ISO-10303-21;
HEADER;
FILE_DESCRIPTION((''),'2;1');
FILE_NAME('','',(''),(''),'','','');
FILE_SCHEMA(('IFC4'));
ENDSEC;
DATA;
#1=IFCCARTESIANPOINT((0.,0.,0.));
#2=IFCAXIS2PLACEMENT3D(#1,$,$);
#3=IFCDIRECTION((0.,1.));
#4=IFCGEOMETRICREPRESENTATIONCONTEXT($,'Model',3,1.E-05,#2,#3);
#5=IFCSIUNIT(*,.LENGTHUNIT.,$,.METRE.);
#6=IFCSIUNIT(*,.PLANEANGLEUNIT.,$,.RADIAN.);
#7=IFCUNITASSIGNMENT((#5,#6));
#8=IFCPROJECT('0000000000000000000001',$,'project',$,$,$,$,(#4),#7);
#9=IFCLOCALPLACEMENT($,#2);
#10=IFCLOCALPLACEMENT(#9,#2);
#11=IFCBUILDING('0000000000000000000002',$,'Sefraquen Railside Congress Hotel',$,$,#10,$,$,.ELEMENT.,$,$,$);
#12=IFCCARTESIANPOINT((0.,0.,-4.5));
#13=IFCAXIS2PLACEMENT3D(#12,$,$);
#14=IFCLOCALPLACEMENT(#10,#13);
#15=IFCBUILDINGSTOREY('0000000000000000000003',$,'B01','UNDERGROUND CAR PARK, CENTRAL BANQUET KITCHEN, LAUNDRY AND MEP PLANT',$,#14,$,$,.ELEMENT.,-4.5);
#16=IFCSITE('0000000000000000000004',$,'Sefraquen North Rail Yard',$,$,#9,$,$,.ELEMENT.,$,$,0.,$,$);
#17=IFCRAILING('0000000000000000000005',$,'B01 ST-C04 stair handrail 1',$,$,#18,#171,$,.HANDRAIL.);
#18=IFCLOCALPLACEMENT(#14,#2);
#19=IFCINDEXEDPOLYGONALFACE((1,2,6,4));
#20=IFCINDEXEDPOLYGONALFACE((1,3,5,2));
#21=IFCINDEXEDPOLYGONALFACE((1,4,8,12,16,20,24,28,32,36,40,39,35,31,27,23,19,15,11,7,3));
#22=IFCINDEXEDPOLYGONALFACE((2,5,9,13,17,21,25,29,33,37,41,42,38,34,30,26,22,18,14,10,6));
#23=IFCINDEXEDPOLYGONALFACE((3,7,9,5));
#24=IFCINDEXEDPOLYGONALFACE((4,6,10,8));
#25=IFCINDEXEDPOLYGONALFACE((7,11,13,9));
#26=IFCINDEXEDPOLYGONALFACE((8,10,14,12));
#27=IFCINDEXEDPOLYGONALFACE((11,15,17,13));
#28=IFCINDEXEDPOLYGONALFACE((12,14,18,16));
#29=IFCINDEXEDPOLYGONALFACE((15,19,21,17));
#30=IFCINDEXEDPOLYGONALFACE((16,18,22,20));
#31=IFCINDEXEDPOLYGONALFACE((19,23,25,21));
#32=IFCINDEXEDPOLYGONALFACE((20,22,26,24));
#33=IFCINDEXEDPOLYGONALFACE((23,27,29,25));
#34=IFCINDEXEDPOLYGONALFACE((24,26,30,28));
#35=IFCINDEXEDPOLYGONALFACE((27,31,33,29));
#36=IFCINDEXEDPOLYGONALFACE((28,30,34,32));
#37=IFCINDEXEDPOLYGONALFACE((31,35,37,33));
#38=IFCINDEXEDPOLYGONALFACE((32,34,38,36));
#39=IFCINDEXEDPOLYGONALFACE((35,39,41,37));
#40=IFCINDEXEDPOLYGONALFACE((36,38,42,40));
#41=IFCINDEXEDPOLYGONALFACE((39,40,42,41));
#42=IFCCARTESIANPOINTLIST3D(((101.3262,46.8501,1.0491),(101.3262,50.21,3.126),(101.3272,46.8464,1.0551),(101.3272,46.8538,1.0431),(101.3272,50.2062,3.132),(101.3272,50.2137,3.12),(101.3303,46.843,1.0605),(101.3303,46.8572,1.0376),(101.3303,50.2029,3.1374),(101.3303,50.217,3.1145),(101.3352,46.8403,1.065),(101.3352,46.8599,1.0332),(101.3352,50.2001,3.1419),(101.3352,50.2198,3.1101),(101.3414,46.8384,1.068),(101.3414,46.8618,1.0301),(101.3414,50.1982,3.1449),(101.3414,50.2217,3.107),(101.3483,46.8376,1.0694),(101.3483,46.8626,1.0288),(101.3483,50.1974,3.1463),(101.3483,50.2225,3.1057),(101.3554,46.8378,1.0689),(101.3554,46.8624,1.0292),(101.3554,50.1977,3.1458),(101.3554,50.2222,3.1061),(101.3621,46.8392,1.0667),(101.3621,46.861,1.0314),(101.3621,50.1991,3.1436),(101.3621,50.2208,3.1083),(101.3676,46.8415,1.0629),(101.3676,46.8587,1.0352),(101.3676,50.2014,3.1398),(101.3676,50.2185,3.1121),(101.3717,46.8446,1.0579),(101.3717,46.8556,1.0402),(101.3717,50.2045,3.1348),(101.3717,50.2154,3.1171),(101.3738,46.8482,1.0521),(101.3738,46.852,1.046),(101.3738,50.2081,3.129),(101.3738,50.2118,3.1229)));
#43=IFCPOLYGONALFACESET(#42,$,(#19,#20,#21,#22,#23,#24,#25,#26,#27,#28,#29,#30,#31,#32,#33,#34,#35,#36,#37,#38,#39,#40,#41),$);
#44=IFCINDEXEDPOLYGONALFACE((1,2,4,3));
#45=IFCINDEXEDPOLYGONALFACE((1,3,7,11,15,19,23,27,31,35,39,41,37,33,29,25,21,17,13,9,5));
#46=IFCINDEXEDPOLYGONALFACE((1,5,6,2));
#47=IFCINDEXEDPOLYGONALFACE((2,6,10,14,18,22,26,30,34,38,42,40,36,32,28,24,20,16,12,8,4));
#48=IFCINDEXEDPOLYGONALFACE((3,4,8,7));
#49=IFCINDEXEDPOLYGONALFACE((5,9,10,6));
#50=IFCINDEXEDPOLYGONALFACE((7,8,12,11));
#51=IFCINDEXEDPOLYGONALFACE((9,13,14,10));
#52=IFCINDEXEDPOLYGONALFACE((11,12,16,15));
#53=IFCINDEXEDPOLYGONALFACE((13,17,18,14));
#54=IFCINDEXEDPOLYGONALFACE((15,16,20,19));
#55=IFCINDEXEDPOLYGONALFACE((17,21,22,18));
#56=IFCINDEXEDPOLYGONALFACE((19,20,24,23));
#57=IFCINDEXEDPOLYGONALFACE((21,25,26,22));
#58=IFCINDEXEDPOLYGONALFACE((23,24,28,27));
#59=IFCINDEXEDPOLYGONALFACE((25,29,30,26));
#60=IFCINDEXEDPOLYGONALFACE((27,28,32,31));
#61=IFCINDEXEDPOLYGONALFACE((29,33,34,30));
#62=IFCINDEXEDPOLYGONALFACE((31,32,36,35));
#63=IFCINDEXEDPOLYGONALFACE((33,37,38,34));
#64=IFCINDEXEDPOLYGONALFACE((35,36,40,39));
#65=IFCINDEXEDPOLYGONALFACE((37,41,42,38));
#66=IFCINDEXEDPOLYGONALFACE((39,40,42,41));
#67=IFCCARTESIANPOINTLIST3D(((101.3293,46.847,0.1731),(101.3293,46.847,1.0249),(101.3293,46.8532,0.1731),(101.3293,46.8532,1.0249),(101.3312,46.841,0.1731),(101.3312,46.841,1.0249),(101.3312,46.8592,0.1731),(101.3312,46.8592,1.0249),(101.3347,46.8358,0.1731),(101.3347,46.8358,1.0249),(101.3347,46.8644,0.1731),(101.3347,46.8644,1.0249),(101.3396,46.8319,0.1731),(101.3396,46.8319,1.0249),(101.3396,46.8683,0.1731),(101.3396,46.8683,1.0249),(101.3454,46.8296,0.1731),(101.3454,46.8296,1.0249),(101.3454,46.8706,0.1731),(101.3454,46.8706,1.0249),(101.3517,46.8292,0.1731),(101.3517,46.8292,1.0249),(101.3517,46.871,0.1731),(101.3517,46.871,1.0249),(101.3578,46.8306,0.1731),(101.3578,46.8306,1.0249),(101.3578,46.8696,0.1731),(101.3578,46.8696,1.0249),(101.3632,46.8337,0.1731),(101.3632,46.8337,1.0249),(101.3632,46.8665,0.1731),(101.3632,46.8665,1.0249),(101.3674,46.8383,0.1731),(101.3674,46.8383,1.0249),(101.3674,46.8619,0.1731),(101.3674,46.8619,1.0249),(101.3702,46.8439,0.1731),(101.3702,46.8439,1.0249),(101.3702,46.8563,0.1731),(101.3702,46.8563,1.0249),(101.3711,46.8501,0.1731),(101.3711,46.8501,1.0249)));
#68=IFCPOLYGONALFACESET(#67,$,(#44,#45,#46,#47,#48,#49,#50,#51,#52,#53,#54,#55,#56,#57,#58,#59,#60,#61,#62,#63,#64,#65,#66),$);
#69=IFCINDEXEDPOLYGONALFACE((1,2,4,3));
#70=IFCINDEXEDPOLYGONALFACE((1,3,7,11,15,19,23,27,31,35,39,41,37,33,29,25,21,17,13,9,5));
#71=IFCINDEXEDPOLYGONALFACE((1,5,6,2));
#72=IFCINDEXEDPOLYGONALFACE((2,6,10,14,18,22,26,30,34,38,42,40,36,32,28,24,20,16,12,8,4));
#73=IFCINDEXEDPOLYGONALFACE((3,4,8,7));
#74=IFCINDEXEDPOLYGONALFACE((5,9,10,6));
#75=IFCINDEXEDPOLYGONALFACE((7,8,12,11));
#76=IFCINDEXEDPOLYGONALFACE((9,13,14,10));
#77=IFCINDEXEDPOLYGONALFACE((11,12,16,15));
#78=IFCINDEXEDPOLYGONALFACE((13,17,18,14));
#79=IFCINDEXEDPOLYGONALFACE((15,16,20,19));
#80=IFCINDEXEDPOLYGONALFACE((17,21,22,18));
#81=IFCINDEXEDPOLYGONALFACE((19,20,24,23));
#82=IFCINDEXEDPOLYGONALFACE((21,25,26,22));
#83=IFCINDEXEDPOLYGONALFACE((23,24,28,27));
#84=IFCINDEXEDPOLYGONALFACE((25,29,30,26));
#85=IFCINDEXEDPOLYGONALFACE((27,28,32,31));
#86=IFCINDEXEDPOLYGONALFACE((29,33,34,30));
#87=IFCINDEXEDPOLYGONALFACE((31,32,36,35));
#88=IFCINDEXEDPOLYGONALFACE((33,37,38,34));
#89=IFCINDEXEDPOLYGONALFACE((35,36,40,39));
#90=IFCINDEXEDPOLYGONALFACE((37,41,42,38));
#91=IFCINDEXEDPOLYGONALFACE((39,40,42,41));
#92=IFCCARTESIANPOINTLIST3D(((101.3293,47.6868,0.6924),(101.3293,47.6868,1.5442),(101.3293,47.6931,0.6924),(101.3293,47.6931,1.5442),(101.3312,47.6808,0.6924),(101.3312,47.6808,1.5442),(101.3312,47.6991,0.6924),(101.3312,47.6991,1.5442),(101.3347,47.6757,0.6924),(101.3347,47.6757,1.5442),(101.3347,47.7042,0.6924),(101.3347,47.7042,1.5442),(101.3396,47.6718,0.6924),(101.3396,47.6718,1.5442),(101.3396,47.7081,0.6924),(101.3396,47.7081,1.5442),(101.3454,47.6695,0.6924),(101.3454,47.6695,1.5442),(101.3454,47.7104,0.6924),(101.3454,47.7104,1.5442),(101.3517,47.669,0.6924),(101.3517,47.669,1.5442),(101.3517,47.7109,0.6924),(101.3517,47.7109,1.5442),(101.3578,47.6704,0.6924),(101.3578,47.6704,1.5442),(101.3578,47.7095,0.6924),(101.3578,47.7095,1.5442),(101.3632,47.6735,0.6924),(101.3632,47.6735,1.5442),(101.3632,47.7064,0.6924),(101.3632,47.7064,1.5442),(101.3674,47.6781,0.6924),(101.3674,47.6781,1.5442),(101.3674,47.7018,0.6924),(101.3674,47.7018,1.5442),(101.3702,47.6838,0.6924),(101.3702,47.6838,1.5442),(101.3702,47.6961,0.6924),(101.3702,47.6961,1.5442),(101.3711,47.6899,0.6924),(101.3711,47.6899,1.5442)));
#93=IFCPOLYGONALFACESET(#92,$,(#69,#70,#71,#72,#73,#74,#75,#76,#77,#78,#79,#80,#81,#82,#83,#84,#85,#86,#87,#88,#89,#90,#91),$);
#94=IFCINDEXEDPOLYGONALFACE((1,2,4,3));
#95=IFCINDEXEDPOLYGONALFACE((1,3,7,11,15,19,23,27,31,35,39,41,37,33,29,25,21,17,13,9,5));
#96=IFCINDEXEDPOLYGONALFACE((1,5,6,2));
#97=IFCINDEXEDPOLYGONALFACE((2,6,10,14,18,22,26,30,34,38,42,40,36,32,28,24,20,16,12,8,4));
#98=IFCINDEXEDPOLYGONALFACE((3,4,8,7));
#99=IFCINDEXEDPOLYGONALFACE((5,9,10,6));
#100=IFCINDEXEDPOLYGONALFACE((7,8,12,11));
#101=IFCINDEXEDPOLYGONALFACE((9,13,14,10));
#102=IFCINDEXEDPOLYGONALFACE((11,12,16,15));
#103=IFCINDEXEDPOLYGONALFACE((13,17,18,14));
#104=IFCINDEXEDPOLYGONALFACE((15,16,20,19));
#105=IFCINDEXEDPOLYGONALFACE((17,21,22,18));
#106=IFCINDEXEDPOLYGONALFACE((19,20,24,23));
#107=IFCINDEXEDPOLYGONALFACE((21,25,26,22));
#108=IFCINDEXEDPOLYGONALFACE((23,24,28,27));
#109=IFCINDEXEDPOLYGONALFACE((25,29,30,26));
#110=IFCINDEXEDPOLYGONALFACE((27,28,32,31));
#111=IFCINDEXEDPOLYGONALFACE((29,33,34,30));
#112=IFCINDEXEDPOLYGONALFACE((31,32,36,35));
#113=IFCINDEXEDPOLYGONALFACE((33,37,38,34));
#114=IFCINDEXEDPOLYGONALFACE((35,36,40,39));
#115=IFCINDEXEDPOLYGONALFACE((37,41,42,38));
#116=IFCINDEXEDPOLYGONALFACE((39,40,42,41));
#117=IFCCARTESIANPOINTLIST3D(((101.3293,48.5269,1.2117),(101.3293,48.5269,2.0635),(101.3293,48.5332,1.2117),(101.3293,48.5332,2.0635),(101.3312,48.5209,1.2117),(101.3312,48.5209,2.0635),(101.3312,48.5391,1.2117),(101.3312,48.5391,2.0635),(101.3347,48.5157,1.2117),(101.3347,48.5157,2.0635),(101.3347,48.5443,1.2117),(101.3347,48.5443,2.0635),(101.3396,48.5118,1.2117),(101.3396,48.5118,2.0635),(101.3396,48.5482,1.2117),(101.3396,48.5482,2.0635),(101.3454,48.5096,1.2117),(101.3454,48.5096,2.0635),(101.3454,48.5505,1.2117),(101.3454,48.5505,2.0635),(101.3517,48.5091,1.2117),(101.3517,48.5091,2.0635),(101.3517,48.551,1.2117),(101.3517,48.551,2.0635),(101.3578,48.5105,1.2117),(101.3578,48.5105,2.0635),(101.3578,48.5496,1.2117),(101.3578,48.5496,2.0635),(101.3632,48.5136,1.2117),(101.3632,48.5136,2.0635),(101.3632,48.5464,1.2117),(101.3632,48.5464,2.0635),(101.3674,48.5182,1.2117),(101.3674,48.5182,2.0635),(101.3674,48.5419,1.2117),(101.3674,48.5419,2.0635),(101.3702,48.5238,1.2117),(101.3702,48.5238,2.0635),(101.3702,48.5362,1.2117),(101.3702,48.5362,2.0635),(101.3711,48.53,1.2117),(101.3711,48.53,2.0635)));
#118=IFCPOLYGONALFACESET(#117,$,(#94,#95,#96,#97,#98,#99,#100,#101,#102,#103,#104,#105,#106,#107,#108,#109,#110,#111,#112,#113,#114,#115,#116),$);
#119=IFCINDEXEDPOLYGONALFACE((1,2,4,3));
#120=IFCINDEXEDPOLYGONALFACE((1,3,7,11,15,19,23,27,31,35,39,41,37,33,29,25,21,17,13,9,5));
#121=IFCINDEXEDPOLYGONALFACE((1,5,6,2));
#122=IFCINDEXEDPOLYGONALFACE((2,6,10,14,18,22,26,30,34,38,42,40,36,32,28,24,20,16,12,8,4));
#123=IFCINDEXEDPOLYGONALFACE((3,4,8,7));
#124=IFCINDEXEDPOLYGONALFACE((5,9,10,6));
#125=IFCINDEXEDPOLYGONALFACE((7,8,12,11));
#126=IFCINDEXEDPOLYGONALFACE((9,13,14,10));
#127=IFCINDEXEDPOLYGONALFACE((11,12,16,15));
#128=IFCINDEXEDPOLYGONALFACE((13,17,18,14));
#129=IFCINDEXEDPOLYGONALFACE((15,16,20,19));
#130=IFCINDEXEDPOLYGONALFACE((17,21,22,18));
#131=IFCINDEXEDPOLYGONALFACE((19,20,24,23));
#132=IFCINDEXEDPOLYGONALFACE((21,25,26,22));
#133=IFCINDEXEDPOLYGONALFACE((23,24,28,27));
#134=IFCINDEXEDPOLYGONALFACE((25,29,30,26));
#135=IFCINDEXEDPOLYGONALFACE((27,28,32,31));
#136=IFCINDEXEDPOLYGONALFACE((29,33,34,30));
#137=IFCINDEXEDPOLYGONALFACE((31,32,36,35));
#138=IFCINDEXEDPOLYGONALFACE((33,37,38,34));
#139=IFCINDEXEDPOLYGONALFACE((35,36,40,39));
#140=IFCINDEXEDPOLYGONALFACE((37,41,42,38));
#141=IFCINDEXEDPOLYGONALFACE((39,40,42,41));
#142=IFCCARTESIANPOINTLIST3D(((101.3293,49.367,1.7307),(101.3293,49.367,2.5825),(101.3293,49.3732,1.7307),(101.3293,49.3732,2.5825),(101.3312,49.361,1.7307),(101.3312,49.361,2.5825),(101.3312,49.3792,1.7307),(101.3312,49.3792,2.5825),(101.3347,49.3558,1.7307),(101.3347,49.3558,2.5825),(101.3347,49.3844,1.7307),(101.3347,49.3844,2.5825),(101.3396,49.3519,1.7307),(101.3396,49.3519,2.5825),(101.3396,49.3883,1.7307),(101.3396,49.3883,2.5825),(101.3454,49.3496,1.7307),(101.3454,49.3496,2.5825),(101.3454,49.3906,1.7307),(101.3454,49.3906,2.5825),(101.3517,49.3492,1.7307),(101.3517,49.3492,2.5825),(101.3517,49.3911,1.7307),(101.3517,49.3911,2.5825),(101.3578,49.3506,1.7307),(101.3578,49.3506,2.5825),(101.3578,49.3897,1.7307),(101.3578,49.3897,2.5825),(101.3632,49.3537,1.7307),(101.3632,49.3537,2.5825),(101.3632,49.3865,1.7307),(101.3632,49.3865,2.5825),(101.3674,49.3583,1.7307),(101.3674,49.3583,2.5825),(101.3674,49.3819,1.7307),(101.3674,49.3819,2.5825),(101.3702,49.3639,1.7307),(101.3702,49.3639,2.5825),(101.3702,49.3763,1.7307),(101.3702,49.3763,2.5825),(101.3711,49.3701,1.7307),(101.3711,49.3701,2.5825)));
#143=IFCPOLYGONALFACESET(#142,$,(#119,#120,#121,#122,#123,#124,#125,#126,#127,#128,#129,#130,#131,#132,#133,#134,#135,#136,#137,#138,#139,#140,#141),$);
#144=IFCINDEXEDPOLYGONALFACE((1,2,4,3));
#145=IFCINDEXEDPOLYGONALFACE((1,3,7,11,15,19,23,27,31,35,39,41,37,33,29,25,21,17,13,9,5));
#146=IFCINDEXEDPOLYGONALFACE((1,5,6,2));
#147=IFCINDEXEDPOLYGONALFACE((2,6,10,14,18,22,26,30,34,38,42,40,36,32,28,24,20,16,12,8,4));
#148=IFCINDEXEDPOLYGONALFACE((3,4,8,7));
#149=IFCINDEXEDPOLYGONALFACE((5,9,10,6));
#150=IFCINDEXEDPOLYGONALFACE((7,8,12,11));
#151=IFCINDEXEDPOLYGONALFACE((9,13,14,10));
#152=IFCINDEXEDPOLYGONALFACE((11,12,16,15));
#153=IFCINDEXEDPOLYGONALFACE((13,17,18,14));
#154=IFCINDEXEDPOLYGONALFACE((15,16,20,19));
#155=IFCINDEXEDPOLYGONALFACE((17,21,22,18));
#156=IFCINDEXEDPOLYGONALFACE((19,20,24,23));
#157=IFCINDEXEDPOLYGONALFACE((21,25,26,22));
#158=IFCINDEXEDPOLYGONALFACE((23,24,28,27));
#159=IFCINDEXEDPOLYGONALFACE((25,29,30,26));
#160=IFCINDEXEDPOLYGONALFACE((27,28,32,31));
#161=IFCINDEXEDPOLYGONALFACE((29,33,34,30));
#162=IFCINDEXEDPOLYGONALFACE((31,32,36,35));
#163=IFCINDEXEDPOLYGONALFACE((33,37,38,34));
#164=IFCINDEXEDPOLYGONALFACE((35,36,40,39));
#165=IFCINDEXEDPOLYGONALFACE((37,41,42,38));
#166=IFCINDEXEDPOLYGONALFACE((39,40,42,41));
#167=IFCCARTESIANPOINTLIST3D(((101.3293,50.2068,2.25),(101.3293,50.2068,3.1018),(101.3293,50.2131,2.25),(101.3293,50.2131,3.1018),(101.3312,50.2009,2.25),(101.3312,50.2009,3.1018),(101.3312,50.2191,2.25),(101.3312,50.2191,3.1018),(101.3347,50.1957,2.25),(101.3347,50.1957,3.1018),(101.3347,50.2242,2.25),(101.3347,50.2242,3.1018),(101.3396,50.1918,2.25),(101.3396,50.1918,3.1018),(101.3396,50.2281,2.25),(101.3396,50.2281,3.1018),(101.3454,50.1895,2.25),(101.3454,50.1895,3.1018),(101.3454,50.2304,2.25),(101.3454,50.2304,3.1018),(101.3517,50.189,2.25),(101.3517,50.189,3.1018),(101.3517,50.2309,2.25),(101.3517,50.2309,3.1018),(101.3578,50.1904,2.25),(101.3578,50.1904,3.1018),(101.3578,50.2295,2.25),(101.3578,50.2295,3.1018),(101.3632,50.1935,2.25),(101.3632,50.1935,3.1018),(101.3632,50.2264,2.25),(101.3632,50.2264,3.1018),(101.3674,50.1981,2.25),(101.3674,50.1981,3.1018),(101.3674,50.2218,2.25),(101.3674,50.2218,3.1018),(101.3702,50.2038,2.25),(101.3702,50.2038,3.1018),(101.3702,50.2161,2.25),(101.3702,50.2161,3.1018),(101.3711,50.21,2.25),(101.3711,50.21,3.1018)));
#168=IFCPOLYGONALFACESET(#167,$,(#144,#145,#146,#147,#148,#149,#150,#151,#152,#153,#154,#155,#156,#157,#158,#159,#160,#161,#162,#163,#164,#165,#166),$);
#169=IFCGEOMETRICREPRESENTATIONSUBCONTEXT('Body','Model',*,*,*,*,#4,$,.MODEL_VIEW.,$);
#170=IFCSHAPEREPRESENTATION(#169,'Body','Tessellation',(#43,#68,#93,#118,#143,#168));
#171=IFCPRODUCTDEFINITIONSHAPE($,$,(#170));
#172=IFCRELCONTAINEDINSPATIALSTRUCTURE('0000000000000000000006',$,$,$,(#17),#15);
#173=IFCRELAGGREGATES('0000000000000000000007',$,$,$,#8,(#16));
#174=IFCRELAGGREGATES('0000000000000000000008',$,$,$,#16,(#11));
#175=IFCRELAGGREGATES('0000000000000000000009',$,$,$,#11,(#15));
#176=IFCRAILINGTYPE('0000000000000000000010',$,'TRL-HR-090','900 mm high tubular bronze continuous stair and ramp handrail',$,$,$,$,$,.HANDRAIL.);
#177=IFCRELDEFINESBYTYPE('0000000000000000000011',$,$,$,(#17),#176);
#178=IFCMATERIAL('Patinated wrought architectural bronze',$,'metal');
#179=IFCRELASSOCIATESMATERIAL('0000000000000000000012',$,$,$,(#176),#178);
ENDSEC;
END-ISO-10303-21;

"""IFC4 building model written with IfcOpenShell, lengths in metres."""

from ifc_helpers import new_model, si_unit, direction, frame, origin, origin_2d, place, context, subcontext, project, spatial, circle, extrude, material, type_object, element, save


model = new_model("IFC4")

# Units and contexts
model_context = context("Model", 3, precision=1e-05, world=origin(), true_north=direction((0.0, 1.0)))
body_context = subcontext(model_context, "Body", "Model", "MODEL_VIEW")
ifc_project = project(units=[si_unit("LENGTHUNIT", "METRE"), si_unit("PLANEANGLEUNIT", "RADIAN")], contexts=[model_context])

# Site, building, storey
site_placement = place(None, origin())
site = spatial("IfcSite", under=ifc_project, at=site_placement, Name="Sefraquen North Rail Yard", CompositionType="ELEMENT", RefElevation=0.0)
building_placement = place(site_placement, origin())
building = spatial("IfcBuilding", under=site, at=building_placement, Name="Sefraquen Railside Congress Hotel", CompositionType="ELEMENT")
storey_placement = place(building_placement, frame((0.0, 0.0, -4.5)))
storey = spatial("IfcBuildingStorey", under=building, at=storey_placement, Name="B01", Description="UNDERGROUND CAR PARK, CENTRAL BANQUET KITCHEN, LAUNDRY AND MEP PLANT", CompositionType="ELEMENT", Elevation=-4.5)

# Railing
ifc_material_1 = material(Name="Patinated wrought architectural bronze", Category="metal")
railing_type_1 = type_object("IfcRailingType", Name="TRL-HR-090", Description="900 mm high tubular bronze continuous stair and ramp handrail", PredefinedType="HANDRAIL", material=ifc_material_1)
railing_1_placement = place(storey_placement, frame((101.3501, 46.8501, 0.1731)))
element("IfcRailing", 1, at=railing_1_placement, inside=storey, type_object=railing_type_1, Name="B01 ST-C04 stair handrail 1", PredefinedType="HANDRAIL", context=body_context, shape_type="SweptSolid", body=[
    extrude(circle(Radius=0.0239, at=origin_2d()), frame((0.0, 0.0, 0.876), z_axis=(0.0, 0.850606, 0.525803), x_axis=(-1.0, 0.0, 0.0)), (0.0, 0.0, 1.0), 3.95),
    extrude(circle(Radius=0.021, at=origin_2d()), origin(), (0.0, 0.0, 1.0), 0.8518),
    extrude(circle(Radius=0.021, at=origin_2d()), frame((0.0, 0.8398, 0.5193)), (0.0, 0.0, 1.0), 0.8518),
    extrude(circle(Radius=0.021, at=origin_2d()), frame((0.0, 1.6799, 1.0386)), (0.0, 0.0, 1.0), 0.8518),
    extrude(circle(Radius=0.021, at=origin_2d()), frame((0.0, 2.52, 1.5576)), (0.0, 0.0, 1.0), 0.8518),
    extrude(circle(Radius=0.021, at=origin_2d()), frame((0.0, 3.3599, 2.0769)), (0.0, 0.0, 1.0), 0.8518),
])

save(model, "model.ifc")
